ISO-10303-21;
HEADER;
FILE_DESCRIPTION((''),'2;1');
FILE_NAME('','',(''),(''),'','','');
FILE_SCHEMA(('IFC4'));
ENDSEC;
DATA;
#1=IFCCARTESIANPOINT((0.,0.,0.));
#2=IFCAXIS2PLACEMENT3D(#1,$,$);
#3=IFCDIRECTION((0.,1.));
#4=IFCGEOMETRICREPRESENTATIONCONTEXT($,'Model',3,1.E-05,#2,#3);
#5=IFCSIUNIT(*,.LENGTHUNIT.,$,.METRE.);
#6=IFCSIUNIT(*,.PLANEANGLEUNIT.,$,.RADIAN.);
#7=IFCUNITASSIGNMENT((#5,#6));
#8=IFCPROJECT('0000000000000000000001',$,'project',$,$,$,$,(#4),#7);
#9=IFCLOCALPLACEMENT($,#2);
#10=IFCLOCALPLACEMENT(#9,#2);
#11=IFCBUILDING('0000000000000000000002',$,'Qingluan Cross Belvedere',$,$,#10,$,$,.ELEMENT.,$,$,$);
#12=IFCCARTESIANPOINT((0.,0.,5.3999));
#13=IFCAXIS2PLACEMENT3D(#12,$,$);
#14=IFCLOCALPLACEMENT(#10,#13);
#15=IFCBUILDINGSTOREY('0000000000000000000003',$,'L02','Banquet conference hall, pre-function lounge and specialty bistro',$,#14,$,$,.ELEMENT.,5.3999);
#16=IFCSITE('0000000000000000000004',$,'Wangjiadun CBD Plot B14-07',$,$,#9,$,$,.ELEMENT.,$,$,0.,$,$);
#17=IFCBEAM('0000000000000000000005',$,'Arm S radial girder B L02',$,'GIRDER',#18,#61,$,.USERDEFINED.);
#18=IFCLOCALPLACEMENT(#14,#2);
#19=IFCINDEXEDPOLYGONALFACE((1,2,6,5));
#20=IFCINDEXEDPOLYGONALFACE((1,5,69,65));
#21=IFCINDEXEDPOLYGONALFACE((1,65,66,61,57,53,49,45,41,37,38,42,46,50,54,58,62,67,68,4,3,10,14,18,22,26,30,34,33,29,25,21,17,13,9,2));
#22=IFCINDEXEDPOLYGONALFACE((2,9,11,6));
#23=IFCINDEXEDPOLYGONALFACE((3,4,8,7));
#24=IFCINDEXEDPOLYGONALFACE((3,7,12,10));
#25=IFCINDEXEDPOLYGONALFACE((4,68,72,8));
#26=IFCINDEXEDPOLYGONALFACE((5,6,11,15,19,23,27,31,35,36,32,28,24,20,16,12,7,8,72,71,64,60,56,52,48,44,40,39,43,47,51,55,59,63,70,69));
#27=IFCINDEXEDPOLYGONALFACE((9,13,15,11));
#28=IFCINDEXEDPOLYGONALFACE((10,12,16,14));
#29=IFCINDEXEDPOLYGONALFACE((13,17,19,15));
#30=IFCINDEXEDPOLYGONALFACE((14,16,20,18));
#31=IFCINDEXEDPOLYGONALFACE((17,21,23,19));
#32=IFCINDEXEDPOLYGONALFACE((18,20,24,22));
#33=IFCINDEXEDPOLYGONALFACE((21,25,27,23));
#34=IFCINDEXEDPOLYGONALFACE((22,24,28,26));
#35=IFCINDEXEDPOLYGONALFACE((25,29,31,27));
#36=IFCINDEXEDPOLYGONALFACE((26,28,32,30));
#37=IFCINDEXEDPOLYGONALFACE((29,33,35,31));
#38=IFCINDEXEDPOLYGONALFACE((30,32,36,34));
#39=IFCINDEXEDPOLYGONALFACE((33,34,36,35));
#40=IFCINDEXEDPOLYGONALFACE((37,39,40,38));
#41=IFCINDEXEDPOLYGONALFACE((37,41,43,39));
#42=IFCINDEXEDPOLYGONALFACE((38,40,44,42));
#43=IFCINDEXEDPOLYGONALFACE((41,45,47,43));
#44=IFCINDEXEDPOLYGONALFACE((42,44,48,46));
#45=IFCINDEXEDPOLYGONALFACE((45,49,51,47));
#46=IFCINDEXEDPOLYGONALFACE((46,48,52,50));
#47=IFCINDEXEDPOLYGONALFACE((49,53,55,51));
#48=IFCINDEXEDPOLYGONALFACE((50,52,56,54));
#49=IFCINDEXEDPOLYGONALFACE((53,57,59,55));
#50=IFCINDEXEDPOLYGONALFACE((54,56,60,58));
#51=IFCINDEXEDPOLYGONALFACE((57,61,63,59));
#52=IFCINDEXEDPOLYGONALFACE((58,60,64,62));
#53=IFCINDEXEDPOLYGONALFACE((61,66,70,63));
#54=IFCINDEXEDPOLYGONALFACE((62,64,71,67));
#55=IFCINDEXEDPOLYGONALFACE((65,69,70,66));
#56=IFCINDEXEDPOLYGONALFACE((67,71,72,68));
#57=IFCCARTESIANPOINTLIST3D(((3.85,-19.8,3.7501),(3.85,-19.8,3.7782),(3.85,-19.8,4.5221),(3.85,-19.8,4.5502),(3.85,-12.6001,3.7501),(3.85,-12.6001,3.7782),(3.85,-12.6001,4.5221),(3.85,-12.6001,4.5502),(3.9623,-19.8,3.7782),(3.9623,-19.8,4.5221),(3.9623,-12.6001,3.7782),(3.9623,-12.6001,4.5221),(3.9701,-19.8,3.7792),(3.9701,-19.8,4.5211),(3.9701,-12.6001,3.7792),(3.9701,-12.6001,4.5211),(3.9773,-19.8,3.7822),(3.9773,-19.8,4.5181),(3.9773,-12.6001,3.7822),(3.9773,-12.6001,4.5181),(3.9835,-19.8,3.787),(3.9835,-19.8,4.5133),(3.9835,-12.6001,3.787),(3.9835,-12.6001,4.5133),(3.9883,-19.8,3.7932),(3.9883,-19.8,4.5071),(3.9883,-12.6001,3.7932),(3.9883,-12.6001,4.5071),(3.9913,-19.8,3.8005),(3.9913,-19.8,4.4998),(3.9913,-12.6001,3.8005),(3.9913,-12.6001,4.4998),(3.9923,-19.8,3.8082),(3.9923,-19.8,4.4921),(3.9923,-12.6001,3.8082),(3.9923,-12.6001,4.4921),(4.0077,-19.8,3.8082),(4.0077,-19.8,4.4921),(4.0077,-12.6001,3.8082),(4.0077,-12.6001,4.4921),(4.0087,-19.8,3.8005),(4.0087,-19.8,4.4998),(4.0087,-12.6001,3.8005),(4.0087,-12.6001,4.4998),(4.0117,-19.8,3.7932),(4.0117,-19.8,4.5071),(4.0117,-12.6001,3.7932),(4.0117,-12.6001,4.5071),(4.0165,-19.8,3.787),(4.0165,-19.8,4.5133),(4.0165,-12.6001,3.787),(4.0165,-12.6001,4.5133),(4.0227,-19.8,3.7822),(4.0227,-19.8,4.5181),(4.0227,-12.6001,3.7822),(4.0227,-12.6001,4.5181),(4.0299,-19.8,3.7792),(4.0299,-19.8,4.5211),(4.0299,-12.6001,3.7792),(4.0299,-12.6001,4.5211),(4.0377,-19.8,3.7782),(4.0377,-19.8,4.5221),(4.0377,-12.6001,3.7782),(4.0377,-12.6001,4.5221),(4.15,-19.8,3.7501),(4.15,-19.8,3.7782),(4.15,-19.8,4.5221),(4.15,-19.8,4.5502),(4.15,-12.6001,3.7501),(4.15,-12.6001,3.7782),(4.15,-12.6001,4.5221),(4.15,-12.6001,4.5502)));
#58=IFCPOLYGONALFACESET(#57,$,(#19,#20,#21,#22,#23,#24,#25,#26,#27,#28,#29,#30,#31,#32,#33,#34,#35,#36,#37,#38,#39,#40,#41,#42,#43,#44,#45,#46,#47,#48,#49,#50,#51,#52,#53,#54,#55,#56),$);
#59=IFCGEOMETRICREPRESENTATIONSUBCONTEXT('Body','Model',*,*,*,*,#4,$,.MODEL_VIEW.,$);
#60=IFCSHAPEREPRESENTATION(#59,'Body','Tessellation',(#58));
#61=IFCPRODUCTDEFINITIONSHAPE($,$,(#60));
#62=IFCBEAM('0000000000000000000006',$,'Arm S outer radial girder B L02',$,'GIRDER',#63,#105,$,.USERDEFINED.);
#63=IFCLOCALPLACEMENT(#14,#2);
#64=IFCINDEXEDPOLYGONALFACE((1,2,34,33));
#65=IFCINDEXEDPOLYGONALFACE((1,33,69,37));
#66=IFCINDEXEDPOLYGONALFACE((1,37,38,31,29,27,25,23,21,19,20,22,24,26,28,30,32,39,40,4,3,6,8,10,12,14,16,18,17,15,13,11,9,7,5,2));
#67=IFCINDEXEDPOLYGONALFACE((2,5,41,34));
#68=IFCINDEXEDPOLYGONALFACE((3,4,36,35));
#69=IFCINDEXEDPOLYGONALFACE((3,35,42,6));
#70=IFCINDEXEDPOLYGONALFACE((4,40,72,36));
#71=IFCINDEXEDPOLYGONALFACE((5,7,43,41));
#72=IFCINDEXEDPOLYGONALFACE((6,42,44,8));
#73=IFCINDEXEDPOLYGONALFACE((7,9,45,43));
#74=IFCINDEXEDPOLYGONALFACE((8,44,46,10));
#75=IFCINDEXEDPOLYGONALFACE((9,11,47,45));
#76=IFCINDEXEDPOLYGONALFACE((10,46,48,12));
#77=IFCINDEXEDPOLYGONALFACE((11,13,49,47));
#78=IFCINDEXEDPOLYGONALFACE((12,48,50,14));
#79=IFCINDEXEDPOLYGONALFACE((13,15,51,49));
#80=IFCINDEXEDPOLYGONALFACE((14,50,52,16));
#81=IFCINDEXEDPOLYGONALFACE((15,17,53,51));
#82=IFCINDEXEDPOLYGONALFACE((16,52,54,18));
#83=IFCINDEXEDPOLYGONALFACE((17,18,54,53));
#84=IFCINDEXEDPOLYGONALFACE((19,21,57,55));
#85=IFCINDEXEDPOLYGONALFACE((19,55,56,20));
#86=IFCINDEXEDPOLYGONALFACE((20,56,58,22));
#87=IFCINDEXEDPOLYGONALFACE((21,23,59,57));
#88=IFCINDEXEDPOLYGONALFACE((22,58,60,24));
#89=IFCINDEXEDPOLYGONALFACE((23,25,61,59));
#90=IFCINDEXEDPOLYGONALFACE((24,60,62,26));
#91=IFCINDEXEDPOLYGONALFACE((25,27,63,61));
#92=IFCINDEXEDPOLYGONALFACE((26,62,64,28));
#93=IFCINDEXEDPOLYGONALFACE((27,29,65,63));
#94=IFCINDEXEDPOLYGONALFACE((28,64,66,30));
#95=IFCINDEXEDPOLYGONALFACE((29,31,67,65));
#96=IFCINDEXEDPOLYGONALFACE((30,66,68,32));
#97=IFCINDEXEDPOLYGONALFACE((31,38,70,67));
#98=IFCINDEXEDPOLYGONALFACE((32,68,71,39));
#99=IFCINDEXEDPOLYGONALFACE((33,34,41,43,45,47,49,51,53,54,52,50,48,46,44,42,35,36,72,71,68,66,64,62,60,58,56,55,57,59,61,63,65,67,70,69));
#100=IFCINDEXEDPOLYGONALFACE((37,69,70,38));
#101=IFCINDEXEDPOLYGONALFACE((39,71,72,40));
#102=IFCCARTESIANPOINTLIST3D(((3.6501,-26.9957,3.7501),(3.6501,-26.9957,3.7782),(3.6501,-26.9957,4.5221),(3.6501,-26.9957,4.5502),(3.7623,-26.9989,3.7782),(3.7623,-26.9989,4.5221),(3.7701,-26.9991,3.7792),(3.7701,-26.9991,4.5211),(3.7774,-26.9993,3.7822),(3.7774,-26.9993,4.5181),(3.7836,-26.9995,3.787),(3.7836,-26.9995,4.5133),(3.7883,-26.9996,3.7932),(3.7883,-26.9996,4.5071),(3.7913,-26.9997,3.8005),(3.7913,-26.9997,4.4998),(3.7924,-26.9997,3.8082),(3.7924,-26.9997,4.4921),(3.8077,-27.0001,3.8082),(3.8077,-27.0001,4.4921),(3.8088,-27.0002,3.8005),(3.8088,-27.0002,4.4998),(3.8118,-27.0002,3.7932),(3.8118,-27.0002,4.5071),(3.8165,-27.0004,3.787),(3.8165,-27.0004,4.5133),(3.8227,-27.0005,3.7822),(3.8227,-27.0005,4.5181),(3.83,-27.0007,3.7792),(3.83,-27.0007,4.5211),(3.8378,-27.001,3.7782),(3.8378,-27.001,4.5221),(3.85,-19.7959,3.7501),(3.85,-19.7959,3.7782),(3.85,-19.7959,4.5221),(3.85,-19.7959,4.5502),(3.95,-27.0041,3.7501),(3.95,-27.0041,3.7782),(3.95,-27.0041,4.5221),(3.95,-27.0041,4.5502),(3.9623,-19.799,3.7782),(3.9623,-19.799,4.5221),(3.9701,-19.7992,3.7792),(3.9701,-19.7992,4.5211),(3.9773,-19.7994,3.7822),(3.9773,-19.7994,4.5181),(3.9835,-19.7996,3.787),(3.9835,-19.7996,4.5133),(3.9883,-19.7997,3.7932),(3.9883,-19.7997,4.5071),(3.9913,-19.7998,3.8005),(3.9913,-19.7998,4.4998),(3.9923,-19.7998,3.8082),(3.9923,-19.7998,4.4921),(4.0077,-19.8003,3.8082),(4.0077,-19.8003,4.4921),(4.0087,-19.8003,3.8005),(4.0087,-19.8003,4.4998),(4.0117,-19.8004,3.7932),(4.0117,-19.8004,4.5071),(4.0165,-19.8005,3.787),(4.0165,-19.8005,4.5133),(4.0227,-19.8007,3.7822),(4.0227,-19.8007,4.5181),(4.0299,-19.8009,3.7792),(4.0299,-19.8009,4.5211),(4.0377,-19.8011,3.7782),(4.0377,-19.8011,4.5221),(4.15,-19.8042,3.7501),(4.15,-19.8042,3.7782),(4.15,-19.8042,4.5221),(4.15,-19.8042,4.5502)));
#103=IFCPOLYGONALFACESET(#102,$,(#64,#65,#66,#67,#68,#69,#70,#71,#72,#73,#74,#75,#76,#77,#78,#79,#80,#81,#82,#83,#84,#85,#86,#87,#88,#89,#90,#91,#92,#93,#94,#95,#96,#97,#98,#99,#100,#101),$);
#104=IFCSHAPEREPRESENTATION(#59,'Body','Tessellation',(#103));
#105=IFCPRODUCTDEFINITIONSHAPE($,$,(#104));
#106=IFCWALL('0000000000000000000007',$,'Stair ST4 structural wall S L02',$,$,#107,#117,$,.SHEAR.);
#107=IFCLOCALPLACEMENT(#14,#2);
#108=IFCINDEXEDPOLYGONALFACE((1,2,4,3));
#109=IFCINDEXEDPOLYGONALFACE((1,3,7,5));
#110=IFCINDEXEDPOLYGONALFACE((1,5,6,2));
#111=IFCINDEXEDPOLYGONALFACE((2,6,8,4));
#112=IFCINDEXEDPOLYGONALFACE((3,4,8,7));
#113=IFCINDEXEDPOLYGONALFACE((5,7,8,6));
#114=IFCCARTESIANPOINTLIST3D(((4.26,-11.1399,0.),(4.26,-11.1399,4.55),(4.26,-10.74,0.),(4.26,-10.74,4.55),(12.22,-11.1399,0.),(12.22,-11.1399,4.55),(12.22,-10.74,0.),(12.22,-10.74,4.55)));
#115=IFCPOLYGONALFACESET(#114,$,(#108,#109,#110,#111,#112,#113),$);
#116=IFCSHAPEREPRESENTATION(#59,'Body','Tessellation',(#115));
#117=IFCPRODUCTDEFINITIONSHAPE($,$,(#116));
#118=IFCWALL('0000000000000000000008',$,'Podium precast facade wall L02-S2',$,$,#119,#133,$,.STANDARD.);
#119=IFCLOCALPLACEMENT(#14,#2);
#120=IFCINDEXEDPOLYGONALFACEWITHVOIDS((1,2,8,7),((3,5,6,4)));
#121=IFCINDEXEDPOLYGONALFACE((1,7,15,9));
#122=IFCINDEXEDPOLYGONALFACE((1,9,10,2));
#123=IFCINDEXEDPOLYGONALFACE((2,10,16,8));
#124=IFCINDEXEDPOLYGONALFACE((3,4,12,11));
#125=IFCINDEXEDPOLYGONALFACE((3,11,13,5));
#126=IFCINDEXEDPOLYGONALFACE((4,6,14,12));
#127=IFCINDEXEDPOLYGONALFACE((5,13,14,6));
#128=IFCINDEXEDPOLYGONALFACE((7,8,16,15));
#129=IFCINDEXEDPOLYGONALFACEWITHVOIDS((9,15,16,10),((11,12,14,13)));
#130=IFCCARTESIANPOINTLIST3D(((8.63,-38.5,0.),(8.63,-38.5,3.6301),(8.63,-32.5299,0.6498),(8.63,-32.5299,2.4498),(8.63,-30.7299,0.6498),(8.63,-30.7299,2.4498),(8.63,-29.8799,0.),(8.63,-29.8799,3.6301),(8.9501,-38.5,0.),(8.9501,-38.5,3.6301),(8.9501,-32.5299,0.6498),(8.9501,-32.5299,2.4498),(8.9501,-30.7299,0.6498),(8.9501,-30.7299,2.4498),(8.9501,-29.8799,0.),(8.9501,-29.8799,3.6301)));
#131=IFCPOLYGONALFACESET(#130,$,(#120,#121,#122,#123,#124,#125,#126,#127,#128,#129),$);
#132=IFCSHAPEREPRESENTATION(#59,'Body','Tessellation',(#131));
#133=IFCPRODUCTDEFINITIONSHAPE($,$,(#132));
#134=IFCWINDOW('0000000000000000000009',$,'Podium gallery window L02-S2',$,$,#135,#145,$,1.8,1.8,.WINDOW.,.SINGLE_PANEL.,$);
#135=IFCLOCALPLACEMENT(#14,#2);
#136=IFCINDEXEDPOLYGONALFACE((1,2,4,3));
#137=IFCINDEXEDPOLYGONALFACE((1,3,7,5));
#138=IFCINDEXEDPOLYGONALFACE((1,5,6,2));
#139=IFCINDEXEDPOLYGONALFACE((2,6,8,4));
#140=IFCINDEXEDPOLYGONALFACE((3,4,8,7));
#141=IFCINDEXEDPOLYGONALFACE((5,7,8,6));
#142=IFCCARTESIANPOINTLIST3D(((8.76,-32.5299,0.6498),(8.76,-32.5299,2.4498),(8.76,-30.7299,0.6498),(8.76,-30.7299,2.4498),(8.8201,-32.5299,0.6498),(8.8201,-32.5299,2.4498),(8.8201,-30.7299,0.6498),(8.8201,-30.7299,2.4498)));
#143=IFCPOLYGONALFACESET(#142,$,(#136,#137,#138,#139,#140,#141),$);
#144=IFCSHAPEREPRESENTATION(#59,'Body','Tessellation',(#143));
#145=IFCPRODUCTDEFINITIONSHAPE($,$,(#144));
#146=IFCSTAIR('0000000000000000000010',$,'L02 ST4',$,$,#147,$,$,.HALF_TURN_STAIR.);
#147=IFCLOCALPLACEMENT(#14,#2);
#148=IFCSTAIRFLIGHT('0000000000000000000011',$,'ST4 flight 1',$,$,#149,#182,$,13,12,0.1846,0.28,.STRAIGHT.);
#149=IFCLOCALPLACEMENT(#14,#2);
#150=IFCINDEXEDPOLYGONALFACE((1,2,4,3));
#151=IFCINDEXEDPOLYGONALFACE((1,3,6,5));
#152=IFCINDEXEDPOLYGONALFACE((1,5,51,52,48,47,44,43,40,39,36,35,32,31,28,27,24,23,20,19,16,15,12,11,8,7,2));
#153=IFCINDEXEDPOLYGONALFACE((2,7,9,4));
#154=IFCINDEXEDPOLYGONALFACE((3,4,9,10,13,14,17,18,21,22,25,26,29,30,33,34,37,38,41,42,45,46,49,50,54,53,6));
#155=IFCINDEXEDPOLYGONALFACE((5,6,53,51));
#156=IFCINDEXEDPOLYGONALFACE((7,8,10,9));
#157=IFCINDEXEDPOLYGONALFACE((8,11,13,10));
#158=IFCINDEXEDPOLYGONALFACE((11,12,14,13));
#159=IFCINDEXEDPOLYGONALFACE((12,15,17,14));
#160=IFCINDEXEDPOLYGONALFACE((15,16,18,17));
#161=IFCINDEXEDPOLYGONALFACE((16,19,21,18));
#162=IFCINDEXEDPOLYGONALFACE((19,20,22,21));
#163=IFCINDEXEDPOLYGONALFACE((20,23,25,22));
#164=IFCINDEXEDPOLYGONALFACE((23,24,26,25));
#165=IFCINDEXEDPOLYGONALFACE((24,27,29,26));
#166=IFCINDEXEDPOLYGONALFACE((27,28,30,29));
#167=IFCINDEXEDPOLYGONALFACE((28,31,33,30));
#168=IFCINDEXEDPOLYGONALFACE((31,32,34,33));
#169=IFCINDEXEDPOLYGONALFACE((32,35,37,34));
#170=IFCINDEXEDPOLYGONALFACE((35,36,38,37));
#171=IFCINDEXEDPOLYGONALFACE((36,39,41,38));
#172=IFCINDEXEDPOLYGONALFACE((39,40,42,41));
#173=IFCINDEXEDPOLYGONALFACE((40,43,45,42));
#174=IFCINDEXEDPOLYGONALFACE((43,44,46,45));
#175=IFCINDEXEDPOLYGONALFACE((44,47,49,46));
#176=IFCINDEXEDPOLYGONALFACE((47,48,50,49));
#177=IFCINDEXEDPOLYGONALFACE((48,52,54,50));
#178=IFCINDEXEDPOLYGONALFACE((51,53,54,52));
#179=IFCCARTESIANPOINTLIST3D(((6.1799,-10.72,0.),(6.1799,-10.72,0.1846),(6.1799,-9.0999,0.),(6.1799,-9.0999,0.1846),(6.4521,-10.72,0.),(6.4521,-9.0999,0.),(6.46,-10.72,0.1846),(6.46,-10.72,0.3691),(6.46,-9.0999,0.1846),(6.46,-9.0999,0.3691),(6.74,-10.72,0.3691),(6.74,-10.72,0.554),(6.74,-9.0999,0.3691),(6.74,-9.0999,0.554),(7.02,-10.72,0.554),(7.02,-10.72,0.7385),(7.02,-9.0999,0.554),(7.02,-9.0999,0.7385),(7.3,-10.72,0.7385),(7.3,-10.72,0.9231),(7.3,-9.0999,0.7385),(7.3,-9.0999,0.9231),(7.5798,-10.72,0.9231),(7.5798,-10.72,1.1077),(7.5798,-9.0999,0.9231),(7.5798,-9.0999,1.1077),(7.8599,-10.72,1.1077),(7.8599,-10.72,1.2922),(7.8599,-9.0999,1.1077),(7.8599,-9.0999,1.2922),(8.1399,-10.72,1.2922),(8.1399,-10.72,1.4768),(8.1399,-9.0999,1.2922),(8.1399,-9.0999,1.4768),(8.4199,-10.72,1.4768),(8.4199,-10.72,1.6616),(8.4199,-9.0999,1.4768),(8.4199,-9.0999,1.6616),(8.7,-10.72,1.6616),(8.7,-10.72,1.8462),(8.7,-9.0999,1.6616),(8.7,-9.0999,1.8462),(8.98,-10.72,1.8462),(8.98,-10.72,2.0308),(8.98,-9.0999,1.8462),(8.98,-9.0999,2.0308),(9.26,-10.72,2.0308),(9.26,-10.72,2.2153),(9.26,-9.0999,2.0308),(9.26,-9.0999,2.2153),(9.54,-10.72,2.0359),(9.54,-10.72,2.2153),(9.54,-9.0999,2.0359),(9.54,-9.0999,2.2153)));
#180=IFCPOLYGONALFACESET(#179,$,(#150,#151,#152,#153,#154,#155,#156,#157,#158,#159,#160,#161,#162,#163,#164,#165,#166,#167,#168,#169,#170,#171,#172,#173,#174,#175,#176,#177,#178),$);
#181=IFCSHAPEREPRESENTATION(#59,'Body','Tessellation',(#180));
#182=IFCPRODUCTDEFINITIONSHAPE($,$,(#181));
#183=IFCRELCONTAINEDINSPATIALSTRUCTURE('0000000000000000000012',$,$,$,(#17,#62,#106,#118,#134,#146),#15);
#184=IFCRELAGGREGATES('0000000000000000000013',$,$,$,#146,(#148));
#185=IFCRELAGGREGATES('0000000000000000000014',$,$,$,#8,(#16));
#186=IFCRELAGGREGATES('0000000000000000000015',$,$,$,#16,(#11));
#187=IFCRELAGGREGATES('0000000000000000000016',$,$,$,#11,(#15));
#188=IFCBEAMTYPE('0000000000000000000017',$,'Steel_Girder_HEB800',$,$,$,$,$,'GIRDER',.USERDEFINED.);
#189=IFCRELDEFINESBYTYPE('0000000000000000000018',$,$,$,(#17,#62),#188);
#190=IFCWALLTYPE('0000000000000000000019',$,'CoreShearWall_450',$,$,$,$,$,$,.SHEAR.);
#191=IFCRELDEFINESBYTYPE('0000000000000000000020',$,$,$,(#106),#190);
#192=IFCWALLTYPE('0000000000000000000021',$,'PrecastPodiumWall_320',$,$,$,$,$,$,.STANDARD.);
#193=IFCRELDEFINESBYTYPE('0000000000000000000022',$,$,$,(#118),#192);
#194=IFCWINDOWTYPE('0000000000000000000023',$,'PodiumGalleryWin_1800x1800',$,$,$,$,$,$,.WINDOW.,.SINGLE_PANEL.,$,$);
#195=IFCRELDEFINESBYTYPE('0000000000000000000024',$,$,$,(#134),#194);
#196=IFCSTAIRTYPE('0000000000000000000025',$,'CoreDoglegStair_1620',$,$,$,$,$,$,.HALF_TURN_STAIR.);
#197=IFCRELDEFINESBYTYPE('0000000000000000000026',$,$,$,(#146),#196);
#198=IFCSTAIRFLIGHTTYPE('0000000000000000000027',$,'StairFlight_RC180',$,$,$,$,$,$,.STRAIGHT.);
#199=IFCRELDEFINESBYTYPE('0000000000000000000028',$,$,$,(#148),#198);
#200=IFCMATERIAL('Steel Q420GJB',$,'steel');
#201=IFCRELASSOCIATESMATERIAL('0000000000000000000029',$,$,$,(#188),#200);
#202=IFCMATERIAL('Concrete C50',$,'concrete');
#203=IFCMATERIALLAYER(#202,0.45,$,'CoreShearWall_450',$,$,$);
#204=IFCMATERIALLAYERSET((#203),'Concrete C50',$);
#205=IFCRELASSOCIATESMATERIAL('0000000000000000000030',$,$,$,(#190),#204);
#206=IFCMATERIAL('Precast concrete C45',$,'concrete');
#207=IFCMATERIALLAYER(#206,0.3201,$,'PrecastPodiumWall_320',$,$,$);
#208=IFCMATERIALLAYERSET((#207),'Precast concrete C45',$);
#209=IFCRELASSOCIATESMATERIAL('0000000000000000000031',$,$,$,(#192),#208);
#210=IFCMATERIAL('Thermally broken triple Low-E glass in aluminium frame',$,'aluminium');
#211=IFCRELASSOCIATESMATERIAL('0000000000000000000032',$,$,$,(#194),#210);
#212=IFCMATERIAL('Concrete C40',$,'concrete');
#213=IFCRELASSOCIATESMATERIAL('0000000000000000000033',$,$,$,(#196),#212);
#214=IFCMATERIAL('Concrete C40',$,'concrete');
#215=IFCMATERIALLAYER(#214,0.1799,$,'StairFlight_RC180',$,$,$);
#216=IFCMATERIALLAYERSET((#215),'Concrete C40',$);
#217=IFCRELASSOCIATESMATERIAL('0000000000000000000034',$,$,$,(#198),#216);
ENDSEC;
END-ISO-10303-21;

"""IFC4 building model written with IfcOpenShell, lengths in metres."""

from ifc_helpers import new_model, si_unit, direction, frame, frame_2d, origin, origin_2d, place, context, subcontext, project, spatial, polyline, rectangle, i_section, outline, extrude, material, layer, layer_set, material_profile, profile_set, type_object, element, fill, aggregate, save


model = new_model("IFC4")

# Units and contexts
model_context = context("Model", 3, precision=1e-05, world=origin(), true_north=direction((0.0, 1.0)))
body_context = subcontext(model_context, "Body", "Model", "MODEL_VIEW")
ifc_project = project(units=[si_unit("LENGTHUNIT", "METRE"), si_unit("PLANEANGLEUNIT", "RADIAN")], contexts=[model_context])

# Site, building, storey
site_placement = place(None, origin())
site = spatial("IfcSite", under=ifc_project, at=site_placement, Name="Wangjiadun CBD Plot B14-07", CompositionType="ELEMENT", RefElevation=0.0)
building_placement = place(site_placement, origin())
building = spatial("IfcBuilding", under=site, at=building_placement, Name="Qingluan Cross Belvedere", CompositionType="ELEMENT")
storey_placement = place(building_placement, frame((0.0, 0.0, 5.3999)))
storey = spatial("IfcBuildingStorey", under=building, at=storey_placement, Name="L02", Description="Banquet conference hall, pre-function lounge and specialty bistro", CompositionType="ELEMENT", Elevation=5.3999)

# Beams
ifc_material_1 = material(Name="Steel Q420GJB", Category="steel")
ifc_material_profile_1 = material_profile(ifc_material_1, i_section(OverallWidth=0.3, OverallDepth=0.8, WebThickness=0.0154, FlangeThickness=0.0281, FilletRadius=0.03, at=origin_2d()), Name="HEB800")
ifc_profile_set_1 = profile_set([ifc_material_profile_1], Name="Steel Q420GJB")
beam_type_1 = type_object("IfcBeamType", Name="Steel_Girder_HEB800", ElementType="GIRDER", PredefinedType="USERDEFINED", material=ifc_profile_set_1)
beam_1_placement = place(storey_placement, frame((4.0, -12.6001, 4.1501), z_axis=(0.0, -1.0, 0.0), x_axis=(1.0, 0.0, 0.0)))
element("IfcBeam", 1, at=beam_1_placement, inside=storey, type_object=beam_type_1, Name="Arm S radial girder B L02", ObjectType="GIRDER", PredefinedType="USERDEFINED", context=body_context, shape_type="SweptSolid", body=[
    extrude(i_section(OverallWidth=0.3, OverallDepth=0.8, WebThickness=0.0154, FlangeThickness=0.0281, FilletRadius=0.03, at=origin_2d()), origin(), (0.0, 0.0, 1.0), 7.2),
])
beam_2_placement = place(storey_placement, frame((4.0, -19.8, 4.1501), z_axis=(-0.02776, -0.999615, 0.0), x_axis=(0.999615, -0.02776, 0.0)))
element("IfcBeam", 2, at=beam_2_placement, inside=storey, type_object=beam_type_1, Name="Arm S outer radial girder B L02", ObjectType="GIRDER", PredefinedType="USERDEFINED", context=body_context, shape_type="SweptSolid", body=[
    extrude(i_section(OverallWidth=0.3, OverallDepth=0.8, WebThickness=0.0154, FlangeThickness=0.0281, FilletRadius=0.03, at=origin_2d()), origin(), (0.0, 0.0, 1.0), 7.2026),
])

# Wall
ifc_material_2 = material(Name="Concrete C50", Category="concrete")
ifc_layer_1 = layer(ifc_material_2, 0.45, Name="CoreShearWall_450")
ifc_layer_set_1 = layer_set([ifc_layer_1], Name="Concrete C50")
wall_type_1 = type_object("IfcWallType", Name="CoreShearWall_450", PredefinedType="SHEAR", material=ifc_layer_set_1)
wall_1_placement = place(storey_placement, frame((4.26, -10.9399, 0.0), z_axis=(0.0, 0.0, 1.0), x_axis=(1.0, 0.0, 0.0)))
element("IfcWall", 3, at=wall_1_placement, inside=storey, type_object=wall_type_1, Name="Stair ST4 structural wall S L02", PredefinedType="SHEAR", context=body_context, shape_type="SweptSolid", body=[
    extrude(rectangle(XDim=7.96, YDim=0.3999, at=frame_2d((3.98, 0.0))), origin(), (0.0, 0.0, 1.0), 4.55),
])

# Wall, opening, window
ifc_material_3 = material(Name="Precast concrete C45", Category="concrete")
ifc_layer_2 = layer(ifc_material_3, 0.3201, Name="PrecastPodiumWall_320")
ifc_layer_set_2 = layer_set([ifc_layer_2], Name="Precast concrete C45")
wall_type_2 = type_object("IfcWallType", Name="PrecastPodiumWall_320", PredefinedType="STANDARD", material=ifc_layer_set_2)
wall_2_placement = place(storey_placement, frame((8.79, -29.8799, 0.0), z_axis=(0.0, 0.0, 1.0), x_axis=(0.0, -1.0, 0.0)))
wall_2 = element("IfcWall", 4, at=wall_2_placement, inside=storey, type_object=wall_type_2, Name="Podium precast facade wall L02-S2", PredefinedType="STANDARD", context=body_context, shape_type="SweptSolid", body=[
    extrude(rectangle(XDim=8.6201, YDim=0.3201, at=frame_2d((4.3101, 0.0))), origin(), (0.0, 0.0, 1.0), 3.6301),
])
opening_1_placement = place(wall_2_placement, frame((0.8501, 0.0, 0.6499)))
opening_1 = element("IfcOpeningElement", 5, at=opening_1_placement, cuts=wall_2, PredefinedType="OPENING", context=body_context, shape_type="SweptSolid", body=[
    extrude(rectangle(XDim=1.8, YDim=1.8, at=frame_2d((0.8999, 0.8999))), frame((0.0, 0.1699, 0.0), z_axis=(0.0, -1.0, 0.0), x_axis=(1.0, 0.0, 0.0)), (0.0, 0.0, 1.0), 0.3401),
])
ifc_material_4 = material(Name="Thermally broken triple Low-E glass in aluminium frame", Category="aluminium")
window_type = type_object("IfcWindowType", Name="PodiumGalleryWin_1800x1800", PartitioningType="SINGLE_PANEL", PredefinedType="WINDOW", material=ifc_material_4)
window_placement = place(opening_1_placement, origin())
window = element("IfcWindow", 6, at=window_placement, inside=storey, type_object=window_type, Name="Podium gallery window L02-S2", OverallHeight=1.8, OverallWidth=1.8, PartitioningType="SINGLE_PANEL", PredefinedType="WINDOW", context=body_context, shape_type="SweptSolid", body=[
    extrude(rectangle(XDim=1.8, YDim=1.8, at=frame_2d((0.8999, 0.8999))), frame((0.0, 0.03, 0.0), z_axis=(0.0, -1.0, 0.0), x_axis=(1.0, 0.0, 0.0)), (0.0, 0.0, 1.0), 0.0601),
])
fill(opening_1, window)

# Stair, stair flight
ifc_material_5 = material(Name="Concrete C40", Category="concrete")
stair_type = type_object("IfcStairType", Name="CoreDoglegStair_1620", PredefinedType="HALF_TURN_STAIR", material=ifc_material_5)
stair_placement = place(storey_placement, origin())
stair = element("IfcStair", 7, at=stair_placement, inside=storey, type_object=stair_type, Name="L02 ST4", PredefinedType="HALF_TURN_STAIR")
ifc_material_6 = material(Name="Concrete C40", Category="concrete")
ifc_layer_3 = layer(ifc_material_6, 0.1799, Name="StairFlight_RC180")
ifc_layer_set_3 = layer_set([ifc_layer_3], Name="Concrete C40")
stair_flight_type = type_object("IfcStairFlightType", Name="StairFlight_RC180", PredefinedType="STRAIGHT", material=ifc_layer_set_3)
stair_flight_placement = place(storey_placement, frame((6.1799, -9.9099, 0.0), z_axis=(0.0, 0.0, 1.0), x_axis=(1.0, 0.0, 0.0)))
stair_flight = element("IfcStairFlight", 8, at=stair_flight_placement, type_object=stair_flight_type, Name="ST4 flight 1", NumberOfRisers=13, NumberOfTreads=12, PredefinedType="STRAIGHT", RiserHeight=0.1846, TreadLength=0.28, context=body_context, shape_type="SweptSolid", body=[
    extrude(outline(polyline([(0.0, 0.0), (0.0, 0.1846), (0.28, 0.1846), (0.28, 0.3691), (0.5601, 0.3691), (0.5601, 0.554), (0.8401, 0.554), (0.8401, 0.7385), (1.1201, 0.7385), (1.1201, 0.9231), (1.3999, 0.9231), (1.3999, 1.1077), (1.6799, 1.1077), (1.6799, 1.2922), (1.96, 1.2922), (1.96, 1.4768), (2.24, 1.4768), (2.24, 1.6616), (2.52, 1.6616), (2.52, 1.8462), (2.8, 1.8462), (2.8, 2.0308), (3.0801, 2.0308), (3.0801, 2.2153), (3.3601, 2.2153), (3.3601, 2.3999), (3.3601, 2.0359), (0.2722, 0.0), (0.0, 0.0)])), frame((0.0, 0.8101, 0.0), z_axis=(0.0, -1.0, 0.0), x_axis=(1.0, 0.0, 0.0)), (0.0, 0.0, 1.0), 1.6201),
])
aggregate(stair, [stair_flight])

save(model, "model.ifc")
